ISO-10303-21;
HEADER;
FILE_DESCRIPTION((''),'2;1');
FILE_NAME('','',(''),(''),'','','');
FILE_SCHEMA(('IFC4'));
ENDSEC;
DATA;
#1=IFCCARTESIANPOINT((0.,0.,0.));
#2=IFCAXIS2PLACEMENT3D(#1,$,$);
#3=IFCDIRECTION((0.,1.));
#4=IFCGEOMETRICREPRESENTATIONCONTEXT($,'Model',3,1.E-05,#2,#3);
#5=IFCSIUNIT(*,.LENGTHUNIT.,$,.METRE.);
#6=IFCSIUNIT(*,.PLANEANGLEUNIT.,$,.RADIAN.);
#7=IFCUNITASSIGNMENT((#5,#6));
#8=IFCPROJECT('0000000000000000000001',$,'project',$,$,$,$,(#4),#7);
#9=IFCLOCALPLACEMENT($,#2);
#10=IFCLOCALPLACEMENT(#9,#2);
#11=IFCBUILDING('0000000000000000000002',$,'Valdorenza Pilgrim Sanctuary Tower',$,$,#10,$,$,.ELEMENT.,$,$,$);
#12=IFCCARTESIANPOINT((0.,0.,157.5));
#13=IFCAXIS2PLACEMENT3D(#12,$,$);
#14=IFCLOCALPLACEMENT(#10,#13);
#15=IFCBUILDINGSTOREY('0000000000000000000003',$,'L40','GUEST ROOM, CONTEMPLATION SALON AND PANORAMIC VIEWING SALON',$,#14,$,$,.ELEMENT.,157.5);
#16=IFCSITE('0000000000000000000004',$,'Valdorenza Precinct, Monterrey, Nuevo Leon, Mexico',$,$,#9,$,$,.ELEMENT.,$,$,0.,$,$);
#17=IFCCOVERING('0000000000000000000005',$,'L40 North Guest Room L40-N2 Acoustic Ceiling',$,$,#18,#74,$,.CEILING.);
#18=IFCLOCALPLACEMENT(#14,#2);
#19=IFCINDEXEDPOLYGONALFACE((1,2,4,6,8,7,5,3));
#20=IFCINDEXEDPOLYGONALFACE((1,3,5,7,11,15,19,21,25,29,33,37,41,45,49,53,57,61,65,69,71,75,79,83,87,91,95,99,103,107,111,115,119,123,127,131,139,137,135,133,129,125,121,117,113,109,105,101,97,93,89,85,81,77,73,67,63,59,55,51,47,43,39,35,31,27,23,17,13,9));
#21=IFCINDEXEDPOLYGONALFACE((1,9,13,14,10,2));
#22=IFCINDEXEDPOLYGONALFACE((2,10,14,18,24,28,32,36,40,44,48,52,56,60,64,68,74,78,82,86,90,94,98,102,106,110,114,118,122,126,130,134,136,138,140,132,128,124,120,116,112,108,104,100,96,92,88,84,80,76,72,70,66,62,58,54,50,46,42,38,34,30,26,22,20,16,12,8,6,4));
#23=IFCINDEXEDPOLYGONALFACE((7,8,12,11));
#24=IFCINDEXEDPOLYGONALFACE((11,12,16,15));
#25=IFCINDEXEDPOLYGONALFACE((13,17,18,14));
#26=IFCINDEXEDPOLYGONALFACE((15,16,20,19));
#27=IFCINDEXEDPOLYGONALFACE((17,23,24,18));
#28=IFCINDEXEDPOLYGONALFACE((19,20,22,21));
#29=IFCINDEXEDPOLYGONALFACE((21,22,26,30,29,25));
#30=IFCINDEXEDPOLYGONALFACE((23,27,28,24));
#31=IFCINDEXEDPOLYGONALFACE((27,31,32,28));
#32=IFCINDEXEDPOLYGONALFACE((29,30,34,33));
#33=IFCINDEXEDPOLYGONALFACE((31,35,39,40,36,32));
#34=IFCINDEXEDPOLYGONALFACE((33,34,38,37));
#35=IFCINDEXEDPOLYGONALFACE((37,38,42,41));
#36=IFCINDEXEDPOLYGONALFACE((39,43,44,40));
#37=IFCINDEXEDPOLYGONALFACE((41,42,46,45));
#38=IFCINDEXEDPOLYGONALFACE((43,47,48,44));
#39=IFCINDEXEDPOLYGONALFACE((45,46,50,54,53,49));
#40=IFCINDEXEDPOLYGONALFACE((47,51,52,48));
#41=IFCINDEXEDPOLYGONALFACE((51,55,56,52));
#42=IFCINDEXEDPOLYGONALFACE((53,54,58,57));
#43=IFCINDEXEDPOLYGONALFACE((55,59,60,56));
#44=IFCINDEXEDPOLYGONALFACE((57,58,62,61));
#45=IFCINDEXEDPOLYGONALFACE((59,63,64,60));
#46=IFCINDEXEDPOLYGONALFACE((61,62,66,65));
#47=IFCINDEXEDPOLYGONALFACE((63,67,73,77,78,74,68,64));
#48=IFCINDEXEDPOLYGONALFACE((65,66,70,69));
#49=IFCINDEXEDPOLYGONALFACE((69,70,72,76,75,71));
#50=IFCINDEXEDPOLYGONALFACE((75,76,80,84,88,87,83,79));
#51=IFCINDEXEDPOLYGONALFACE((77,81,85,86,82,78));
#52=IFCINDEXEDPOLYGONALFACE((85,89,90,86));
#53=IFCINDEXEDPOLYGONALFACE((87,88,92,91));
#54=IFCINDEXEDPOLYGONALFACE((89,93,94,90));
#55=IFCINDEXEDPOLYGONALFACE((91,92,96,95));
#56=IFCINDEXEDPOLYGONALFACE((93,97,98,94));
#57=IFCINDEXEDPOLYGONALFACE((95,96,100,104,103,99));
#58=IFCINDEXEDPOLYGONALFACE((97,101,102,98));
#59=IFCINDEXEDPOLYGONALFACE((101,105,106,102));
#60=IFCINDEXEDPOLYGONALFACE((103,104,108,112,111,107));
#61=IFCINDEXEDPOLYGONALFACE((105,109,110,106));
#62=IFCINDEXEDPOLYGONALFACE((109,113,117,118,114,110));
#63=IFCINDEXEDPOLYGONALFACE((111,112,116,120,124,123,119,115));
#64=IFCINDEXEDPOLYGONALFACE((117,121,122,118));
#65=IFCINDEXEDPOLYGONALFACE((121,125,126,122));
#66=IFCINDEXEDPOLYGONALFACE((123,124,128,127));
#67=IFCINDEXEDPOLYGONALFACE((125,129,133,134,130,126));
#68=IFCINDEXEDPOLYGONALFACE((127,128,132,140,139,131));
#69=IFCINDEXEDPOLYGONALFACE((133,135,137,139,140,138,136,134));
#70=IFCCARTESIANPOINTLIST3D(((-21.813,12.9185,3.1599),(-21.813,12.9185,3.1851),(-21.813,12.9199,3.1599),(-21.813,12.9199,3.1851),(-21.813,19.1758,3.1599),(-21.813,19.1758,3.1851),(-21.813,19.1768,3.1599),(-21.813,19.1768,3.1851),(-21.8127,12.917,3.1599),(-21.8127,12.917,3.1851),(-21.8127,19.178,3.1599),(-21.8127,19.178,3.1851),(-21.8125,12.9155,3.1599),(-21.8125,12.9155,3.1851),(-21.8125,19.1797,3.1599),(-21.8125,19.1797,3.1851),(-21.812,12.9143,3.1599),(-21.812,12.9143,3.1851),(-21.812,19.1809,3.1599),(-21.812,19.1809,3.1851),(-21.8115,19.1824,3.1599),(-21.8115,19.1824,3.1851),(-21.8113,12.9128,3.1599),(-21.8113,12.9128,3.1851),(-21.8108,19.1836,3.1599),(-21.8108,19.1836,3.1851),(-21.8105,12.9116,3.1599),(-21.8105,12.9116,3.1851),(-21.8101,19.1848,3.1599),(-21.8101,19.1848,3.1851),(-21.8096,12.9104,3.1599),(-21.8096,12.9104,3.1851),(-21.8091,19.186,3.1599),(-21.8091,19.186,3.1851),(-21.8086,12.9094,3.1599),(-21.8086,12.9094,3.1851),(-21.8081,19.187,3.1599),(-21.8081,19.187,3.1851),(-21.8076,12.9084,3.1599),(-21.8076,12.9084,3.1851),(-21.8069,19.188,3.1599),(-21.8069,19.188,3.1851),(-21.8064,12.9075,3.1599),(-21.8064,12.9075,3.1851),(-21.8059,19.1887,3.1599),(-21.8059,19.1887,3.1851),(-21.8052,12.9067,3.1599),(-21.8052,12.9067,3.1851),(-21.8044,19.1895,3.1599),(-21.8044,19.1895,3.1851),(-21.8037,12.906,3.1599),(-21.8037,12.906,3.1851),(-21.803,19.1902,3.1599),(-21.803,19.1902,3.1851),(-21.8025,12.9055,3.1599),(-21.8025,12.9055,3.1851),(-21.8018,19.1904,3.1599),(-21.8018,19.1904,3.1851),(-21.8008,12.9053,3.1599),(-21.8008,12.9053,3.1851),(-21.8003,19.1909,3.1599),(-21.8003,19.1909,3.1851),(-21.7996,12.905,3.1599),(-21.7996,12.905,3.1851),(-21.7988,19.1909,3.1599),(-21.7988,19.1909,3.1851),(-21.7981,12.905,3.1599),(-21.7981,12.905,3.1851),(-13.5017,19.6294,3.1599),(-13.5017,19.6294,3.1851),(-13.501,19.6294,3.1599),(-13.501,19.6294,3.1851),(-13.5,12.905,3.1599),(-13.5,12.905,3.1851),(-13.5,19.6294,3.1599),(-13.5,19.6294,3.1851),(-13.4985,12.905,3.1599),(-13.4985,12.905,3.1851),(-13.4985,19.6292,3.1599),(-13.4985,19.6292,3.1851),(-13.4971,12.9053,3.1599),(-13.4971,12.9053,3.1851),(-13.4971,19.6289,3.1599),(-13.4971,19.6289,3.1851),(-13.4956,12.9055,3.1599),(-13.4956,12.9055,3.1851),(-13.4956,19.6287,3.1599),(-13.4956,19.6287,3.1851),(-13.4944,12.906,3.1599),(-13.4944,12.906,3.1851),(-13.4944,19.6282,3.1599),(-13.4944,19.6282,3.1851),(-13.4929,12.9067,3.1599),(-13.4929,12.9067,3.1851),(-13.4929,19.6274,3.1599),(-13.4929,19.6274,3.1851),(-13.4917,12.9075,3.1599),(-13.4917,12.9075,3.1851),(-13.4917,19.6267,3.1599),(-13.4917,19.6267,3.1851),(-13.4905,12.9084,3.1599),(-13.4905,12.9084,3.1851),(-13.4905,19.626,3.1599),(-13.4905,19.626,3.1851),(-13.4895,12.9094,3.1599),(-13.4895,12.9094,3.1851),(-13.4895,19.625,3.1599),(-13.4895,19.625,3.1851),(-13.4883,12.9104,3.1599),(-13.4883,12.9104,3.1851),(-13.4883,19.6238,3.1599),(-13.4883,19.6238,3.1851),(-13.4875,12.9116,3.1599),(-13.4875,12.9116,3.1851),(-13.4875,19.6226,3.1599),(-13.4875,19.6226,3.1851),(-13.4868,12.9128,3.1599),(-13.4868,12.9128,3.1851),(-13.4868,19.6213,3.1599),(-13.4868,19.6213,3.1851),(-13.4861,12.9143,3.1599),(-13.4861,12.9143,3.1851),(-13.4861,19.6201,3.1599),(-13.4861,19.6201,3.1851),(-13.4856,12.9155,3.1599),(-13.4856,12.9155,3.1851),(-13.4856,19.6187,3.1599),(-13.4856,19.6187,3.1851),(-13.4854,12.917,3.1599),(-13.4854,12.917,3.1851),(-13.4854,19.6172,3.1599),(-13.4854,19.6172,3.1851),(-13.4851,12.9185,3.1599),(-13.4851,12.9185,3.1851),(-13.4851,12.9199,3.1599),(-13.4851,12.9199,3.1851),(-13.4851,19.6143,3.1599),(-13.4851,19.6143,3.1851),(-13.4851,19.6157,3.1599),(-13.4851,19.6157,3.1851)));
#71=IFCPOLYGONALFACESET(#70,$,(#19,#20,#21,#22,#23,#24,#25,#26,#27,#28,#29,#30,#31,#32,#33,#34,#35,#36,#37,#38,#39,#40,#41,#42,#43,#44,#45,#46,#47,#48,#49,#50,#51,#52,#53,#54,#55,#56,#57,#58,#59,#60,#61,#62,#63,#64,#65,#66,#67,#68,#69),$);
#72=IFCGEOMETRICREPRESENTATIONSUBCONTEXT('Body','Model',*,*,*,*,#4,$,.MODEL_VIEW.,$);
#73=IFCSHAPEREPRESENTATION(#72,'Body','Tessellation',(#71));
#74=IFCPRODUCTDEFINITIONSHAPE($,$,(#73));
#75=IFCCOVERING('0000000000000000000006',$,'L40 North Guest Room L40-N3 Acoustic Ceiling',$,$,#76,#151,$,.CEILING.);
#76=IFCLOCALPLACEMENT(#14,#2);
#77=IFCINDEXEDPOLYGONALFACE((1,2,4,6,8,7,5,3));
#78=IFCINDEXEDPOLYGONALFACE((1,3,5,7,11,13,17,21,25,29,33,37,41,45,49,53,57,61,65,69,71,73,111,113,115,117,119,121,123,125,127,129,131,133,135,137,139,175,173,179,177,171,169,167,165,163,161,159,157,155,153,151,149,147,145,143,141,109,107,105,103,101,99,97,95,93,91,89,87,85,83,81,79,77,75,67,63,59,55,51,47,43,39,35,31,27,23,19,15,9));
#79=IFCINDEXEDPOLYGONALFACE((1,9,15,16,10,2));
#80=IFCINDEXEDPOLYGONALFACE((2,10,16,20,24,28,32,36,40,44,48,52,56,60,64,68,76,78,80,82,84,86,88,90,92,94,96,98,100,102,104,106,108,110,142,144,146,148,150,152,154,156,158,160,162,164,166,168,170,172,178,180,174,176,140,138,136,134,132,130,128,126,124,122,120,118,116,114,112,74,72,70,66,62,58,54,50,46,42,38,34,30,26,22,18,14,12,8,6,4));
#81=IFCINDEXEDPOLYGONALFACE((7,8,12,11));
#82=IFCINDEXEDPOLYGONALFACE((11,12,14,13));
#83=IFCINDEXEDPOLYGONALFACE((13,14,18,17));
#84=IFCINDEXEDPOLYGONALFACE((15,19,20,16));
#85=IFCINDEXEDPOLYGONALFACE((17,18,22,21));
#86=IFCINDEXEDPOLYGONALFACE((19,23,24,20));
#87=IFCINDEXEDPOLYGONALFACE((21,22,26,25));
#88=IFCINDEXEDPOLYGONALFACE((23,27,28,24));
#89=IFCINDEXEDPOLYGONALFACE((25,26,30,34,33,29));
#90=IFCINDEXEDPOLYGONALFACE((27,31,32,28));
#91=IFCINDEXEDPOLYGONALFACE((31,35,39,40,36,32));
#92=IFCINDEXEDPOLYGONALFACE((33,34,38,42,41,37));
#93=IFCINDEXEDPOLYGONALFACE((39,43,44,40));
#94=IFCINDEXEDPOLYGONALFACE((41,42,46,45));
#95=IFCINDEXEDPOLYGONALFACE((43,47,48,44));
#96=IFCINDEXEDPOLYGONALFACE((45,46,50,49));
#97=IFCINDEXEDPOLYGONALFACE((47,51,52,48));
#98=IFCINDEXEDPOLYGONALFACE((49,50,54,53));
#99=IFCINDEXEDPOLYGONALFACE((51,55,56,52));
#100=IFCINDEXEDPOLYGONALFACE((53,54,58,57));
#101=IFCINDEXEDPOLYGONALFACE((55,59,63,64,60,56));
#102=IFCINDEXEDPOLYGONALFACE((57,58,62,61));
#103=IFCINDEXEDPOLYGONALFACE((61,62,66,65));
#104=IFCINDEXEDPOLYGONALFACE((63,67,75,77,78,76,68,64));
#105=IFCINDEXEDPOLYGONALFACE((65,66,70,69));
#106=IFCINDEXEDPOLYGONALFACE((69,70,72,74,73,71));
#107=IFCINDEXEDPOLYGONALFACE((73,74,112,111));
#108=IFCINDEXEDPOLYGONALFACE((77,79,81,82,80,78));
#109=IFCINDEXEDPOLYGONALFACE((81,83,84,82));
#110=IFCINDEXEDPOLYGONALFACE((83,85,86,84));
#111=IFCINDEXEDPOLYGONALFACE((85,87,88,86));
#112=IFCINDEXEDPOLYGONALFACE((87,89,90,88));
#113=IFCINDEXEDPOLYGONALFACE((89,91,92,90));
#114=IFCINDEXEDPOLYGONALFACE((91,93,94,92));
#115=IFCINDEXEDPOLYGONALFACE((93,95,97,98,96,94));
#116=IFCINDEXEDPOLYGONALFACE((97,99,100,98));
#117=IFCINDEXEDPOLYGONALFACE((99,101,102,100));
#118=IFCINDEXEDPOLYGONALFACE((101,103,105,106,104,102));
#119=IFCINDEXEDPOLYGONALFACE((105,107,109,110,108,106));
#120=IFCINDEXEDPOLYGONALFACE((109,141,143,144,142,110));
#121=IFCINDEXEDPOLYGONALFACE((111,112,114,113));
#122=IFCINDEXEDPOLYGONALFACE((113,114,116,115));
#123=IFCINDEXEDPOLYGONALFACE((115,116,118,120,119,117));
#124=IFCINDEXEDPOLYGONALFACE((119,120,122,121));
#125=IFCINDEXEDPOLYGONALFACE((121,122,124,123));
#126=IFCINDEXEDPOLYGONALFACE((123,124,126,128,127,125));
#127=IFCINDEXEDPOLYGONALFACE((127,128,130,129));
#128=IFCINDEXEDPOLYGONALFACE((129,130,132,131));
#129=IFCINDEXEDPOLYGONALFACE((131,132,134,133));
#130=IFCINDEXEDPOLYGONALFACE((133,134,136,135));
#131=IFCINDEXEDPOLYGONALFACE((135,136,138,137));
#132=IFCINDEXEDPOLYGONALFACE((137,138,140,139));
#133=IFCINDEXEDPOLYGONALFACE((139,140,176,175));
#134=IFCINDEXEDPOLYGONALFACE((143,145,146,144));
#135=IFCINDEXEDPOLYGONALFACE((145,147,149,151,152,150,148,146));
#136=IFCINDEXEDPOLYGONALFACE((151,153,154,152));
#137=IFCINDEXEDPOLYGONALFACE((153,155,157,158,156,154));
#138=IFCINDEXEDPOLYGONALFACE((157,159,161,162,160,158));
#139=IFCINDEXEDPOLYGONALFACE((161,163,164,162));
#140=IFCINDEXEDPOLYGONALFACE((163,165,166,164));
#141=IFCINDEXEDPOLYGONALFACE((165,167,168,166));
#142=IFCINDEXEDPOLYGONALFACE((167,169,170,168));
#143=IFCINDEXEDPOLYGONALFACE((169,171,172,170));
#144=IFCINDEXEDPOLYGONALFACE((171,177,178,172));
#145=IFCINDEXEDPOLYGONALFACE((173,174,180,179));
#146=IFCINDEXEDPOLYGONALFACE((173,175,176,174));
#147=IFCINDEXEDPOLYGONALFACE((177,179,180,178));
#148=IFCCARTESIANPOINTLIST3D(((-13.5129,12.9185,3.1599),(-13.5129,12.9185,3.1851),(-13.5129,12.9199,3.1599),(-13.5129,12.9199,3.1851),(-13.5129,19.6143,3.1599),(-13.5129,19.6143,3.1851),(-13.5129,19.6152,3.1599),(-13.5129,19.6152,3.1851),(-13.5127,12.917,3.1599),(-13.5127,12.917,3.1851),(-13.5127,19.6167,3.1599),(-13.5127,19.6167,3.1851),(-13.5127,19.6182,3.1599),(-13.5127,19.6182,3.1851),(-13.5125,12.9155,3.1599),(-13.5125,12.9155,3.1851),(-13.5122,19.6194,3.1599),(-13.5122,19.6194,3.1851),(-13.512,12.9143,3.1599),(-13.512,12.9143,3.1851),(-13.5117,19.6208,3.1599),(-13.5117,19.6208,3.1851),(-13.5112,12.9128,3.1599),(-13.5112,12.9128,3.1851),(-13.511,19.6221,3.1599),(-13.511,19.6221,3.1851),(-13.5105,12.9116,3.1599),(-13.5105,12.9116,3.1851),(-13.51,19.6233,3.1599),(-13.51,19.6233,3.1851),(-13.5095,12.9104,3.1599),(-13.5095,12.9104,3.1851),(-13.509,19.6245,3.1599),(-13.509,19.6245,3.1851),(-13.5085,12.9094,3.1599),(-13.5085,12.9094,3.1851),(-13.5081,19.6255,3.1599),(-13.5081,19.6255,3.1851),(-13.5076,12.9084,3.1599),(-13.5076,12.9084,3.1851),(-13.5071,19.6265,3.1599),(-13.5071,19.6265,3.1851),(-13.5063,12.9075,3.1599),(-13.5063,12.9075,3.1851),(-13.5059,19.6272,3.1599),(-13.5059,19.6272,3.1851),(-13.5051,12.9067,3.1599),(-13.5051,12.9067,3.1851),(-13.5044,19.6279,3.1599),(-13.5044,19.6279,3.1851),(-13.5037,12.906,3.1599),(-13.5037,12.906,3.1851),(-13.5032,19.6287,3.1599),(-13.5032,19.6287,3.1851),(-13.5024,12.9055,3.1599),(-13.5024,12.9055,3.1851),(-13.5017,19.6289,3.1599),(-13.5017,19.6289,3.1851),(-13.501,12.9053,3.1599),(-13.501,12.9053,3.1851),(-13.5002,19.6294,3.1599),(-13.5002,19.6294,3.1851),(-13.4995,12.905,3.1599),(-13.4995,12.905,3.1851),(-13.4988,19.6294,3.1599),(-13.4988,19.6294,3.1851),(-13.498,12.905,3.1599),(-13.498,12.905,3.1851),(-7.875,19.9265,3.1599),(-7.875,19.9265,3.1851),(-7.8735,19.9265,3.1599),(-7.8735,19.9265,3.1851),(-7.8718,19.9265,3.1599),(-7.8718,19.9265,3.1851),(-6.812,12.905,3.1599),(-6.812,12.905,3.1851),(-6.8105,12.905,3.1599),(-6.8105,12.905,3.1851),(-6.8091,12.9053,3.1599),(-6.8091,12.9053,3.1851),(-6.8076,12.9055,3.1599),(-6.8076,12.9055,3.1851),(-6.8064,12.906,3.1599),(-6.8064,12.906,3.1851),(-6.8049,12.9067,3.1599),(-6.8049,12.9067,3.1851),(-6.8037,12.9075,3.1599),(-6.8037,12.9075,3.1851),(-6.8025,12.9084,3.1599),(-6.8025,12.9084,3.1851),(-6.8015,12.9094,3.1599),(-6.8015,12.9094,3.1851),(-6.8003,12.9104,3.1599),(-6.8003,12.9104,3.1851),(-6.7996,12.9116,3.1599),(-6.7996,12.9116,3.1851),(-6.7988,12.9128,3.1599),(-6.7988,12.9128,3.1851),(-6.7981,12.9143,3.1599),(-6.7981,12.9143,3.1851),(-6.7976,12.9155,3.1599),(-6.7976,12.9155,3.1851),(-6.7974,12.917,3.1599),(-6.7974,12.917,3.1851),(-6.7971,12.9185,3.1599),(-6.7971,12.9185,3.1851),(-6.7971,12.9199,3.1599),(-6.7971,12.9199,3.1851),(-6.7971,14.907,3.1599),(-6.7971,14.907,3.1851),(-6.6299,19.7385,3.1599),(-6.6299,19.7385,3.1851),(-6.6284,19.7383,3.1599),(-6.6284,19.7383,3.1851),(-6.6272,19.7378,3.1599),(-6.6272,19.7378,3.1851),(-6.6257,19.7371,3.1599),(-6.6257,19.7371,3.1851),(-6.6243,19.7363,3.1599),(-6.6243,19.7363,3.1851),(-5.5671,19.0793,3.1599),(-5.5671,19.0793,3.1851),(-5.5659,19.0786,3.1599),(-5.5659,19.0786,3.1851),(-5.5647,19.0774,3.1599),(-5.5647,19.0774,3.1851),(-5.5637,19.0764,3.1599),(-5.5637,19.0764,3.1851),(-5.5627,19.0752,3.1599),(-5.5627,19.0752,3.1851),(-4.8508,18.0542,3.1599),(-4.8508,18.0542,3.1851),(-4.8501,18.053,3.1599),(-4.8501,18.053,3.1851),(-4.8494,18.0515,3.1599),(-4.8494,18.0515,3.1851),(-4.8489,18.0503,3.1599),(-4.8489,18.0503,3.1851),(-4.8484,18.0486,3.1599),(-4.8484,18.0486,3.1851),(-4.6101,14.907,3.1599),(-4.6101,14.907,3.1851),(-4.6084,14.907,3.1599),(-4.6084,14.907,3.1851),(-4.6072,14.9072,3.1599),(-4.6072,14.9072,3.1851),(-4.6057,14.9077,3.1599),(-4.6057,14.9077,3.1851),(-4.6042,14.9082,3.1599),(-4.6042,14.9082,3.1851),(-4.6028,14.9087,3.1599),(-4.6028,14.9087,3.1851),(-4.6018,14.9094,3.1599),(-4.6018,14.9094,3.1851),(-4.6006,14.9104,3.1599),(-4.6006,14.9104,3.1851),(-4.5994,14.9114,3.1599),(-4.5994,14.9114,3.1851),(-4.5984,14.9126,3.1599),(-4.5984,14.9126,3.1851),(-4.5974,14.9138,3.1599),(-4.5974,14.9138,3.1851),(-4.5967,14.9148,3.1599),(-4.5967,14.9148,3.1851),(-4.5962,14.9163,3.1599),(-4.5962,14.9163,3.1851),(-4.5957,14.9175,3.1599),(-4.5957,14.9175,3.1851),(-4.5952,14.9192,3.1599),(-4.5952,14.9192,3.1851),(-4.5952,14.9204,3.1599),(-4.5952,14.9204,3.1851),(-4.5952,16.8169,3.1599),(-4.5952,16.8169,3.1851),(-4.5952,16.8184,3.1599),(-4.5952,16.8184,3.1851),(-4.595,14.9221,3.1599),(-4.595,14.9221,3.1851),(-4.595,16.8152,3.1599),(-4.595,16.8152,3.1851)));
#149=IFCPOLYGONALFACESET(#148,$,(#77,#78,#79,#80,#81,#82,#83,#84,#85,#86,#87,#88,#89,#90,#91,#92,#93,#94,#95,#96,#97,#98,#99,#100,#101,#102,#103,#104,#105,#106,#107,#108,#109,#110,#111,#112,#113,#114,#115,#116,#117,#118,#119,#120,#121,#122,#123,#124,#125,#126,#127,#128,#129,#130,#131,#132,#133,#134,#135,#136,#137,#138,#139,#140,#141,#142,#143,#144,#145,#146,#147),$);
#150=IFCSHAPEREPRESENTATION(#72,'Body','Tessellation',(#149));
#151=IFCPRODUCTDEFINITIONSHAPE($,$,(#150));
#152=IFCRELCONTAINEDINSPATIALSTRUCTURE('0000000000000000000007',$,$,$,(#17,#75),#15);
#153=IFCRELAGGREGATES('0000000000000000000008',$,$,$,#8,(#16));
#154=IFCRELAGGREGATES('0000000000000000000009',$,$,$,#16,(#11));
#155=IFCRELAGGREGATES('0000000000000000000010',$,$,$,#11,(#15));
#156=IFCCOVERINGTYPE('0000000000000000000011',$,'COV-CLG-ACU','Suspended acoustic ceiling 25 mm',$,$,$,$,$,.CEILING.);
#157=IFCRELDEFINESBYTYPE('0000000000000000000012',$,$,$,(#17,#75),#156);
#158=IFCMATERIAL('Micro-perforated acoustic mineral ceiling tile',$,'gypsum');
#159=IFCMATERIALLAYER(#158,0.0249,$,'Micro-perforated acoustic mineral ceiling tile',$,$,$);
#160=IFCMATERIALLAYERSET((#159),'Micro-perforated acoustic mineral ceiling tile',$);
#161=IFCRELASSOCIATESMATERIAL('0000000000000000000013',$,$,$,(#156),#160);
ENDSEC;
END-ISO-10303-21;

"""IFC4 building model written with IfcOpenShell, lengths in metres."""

from ifc_helpers import new_model, si_unit, direction, frame, origin, place, context, subcontext, project, spatial, polyline, outline, extrude, material, layer, layer_set, type_object, element, save


model = new_model("IFC4")

# Units and contexts
model_context = context("Model", 3, precision=1e-05, world=origin(), true_north=direction((0.0, 1.0)))
body_context = subcontext(model_context, "Body", "Model", "MODEL_VIEW")
ifc_project = project(units=[si_unit("LENGTHUNIT", "METRE"), si_unit("PLANEANGLEUNIT", "RADIAN")], contexts=[model_context])

# Site, building, storey
site_placement = place(None, origin())
site = spatial("IfcSite", under=ifc_project, at=site_placement, Name="Valdorenza Precinct, Monterrey, Nuevo Leon, Mexico", CompositionType="ELEMENT", RefElevation=0.0)
building_placement = place(site_placement, origin())
building = spatial("IfcBuilding", under=site, at=building_placement, Name="Valdorenza Pilgrim Sanctuary Tower", CompositionType="ELEMENT")
storey_placement = place(building_placement, frame((0.0, 0.0, 157.5)))
storey = spatial("IfcBuildingStorey", under=building, at=storey_placement, Name="L40", Description="GUEST ROOM, CONTEMPLATION SALON AND PANORAMIC VIEWING SALON", CompositionType="ELEMENT", Elevation=157.5)

# Coverings
ifc_material_1 = material(Name="Micro-perforated acoustic mineral ceiling tile", Category="gypsum")
ifc_layer_1 = layer(ifc_material_1, 0.0249, Name="Micro-perforated acoustic mineral ceiling tile")
ifc_layer_set_1 = layer_set([ifc_layer_1], Name="Micro-perforated acoustic mineral ceiling tile")
covering_type_1 = type_object("IfcCoveringType", Name="COV-CLG-ACU", Description="Suspended acoustic ceiling 25 mm", PredefinedType="CEILING", material=ifc_layer_set_1)
covering_1_placement = place(storey_placement, frame((0.0, 0.0, 3.1599)))
element("IfcCovering", 1, at=covering_1_placement, inside=storey, type_object=covering_type_1, Name="L40 North Guest Room L40-N2 Acoustic Ceiling", PredefinedType="CEILING", context=body_context, shape_type="SweptSolid", body=[
    extrude(outline(polyline([(-21.813, 19.1758), (-21.813, 19.1768), (-21.8127, 19.178), (-21.8125, 19.1797), (-21.812, 19.1809), (-21.8115, 19.1824), (-21.8108, 19.1836), (-21.8101, 19.1848), (-21.8091, 19.186), (-21.8081, 19.187), (-21.8069, 19.188), (-21.8059, 19.1887), (-21.8044, 19.1895), (-21.803, 19.1902), (-21.8018, 19.1904), (-21.8003, 19.1909), (-21.7988, 19.1909), (-13.5017, 19.6294), (-13.501, 19.6294), (-13.5, 19.6294), (-13.4985, 19.6292), (-13.4971, 19.6289), (-13.4956, 19.6287), (-13.4944, 19.6282), (-13.4929, 19.6274), (-13.4917, 19.6267), (-13.4905, 19.626), (-13.4895, 19.625), (-13.4883, 19.6238), (-13.4875, 19.6226), (-13.4868, 19.6213), (-13.4861, 19.6201), (-13.4856, 19.6187), (-13.4854, 19.6172), (-13.4851, 19.6157), (-13.4851, 19.6143), (-13.4851, 12.9199), (-13.4851, 12.9185), (-13.4854, 12.917), (-13.4856, 12.9155), (-13.4861, 12.9143), (-13.4868, 12.9128), (-13.4875, 12.9116), (-13.4883, 12.9104), (-13.4895, 12.9094), (-13.4905, 12.9084), (-13.4917, 12.9075), (-13.4929, 12.9067), (-13.4944, 12.906), (-13.4956, 12.9055), (-13.4971, 12.9053), (-13.4985, 12.905), (-13.5, 12.905), (-21.7981, 12.905), (-21.7996, 12.905), (-21.8008, 12.9053), (-21.8025, 12.9055), (-21.8037, 12.906), (-21.8052, 12.9067), (-21.8064, 12.9075), (-21.8076, 12.9084), (-21.8086, 12.9094), (-21.8096, 12.9104), (-21.8105, 12.9116), (-21.8113, 12.9128), (-21.812, 12.9143), (-21.8125, 12.9155), (-21.8127, 12.917), (-21.813, 12.9185), (-21.813, 12.9199), (-21.813, 19.1758), (-21.813, 19.1758)])), origin(), (0.0, 0.0, 1.0), 0.0251),
])
covering_2_placement = place(storey_placement, frame((0.0, 0.0, 3.1599)))
element("IfcCovering", 2, at=covering_2_placement, inside=storey, type_object=covering_type_1, Name="L40 North Guest Room L40-N3 Acoustic Ceiling", PredefinedType="CEILING", context=body_context, shape_type="SweptSolid", body=[
    extrude(outline(polyline([(-13.5129, 19.6143), (-13.5129, 19.6152), (-13.5127, 19.6167), (-13.5127, 19.6182), (-13.5122, 19.6194), (-13.5117, 19.6208), (-13.511, 19.6221), (-13.51, 19.6233), (-13.509, 19.6245), (-13.5081, 19.6255), (-13.5071, 19.6265), (-13.5059, 19.6272), (-13.5044, 19.6279), (-13.5032, 19.6287), (-13.5017, 19.6289), (-13.5002, 19.6294), (-13.4988, 19.6294), (-7.875, 19.9265), (-7.8735, 19.9265), (-7.8718, 19.9265), (-6.6299, 19.7385), (-6.6284, 19.7383), (-6.6272, 19.7378), (-6.6257, 19.7371), (-6.6243, 19.7363), (-5.5671, 19.0793), (-5.5659, 19.0786), (-5.5647, 19.0774), (-5.5637, 19.0764), (-5.5627, 19.0752), (-4.8508, 18.0542), (-4.8501, 18.053), (-4.8494, 18.0515), (-4.8489, 18.0503), (-4.8484, 18.0486), (-4.5952, 16.8184), (-4.5952, 16.8169), (-4.595, 16.8152), (-4.595, 14.9221), (-4.5952, 14.9204), (-4.5952, 14.9192), (-4.5957, 14.9175), (-4.5962, 14.9163), (-4.5967, 14.9148), (-4.5974, 14.9138), (-4.5984, 14.9126), (-4.5994, 14.9114), (-4.6006, 14.9104), (-4.6018, 14.9094), (-4.6028, 14.9087), (-4.6042, 14.9082), (-4.6057, 14.9077), (-4.6072, 14.9072), (-4.6084, 14.907), (-4.6101, 14.907), (-6.7971, 14.907), (-6.7971, 12.9199), (-6.7971, 12.9185), (-6.7974, 12.917), (-6.7976, 12.9155), (-6.7981, 12.9143), (-6.7988, 12.9128), (-6.7996, 12.9116), (-6.8003, 12.9104), (-6.8015, 12.9094), (-6.8025, 12.9084), (-6.8037, 12.9075), (-6.8049, 12.9067), (-6.8064, 12.906), (-6.8076, 12.9055), (-6.8091, 12.9053), (-6.8105, 12.905), (-6.812, 12.905), (-13.498, 12.905), (-13.4995, 12.905), (-13.501, 12.9053), (-13.5024, 12.9055), (-13.5037, 12.906), (-13.5051, 12.9067), (-13.5063, 12.9075), (-13.5076, 12.9084), (-13.5085, 12.9094), (-13.5095, 12.9104), (-13.5105, 12.9116), (-13.5112, 12.9128), (-13.512, 12.9143), (-13.5125, 12.9155), (-13.5127, 12.917), (-13.5129, 12.9185), (-13.5129, 12.9199), (-13.5129, 19.6143), (-13.5129, 19.6143)])), origin(), (0.0, 0.0, 1.0), 0.0251),
])

save(model, "model.ifc")
